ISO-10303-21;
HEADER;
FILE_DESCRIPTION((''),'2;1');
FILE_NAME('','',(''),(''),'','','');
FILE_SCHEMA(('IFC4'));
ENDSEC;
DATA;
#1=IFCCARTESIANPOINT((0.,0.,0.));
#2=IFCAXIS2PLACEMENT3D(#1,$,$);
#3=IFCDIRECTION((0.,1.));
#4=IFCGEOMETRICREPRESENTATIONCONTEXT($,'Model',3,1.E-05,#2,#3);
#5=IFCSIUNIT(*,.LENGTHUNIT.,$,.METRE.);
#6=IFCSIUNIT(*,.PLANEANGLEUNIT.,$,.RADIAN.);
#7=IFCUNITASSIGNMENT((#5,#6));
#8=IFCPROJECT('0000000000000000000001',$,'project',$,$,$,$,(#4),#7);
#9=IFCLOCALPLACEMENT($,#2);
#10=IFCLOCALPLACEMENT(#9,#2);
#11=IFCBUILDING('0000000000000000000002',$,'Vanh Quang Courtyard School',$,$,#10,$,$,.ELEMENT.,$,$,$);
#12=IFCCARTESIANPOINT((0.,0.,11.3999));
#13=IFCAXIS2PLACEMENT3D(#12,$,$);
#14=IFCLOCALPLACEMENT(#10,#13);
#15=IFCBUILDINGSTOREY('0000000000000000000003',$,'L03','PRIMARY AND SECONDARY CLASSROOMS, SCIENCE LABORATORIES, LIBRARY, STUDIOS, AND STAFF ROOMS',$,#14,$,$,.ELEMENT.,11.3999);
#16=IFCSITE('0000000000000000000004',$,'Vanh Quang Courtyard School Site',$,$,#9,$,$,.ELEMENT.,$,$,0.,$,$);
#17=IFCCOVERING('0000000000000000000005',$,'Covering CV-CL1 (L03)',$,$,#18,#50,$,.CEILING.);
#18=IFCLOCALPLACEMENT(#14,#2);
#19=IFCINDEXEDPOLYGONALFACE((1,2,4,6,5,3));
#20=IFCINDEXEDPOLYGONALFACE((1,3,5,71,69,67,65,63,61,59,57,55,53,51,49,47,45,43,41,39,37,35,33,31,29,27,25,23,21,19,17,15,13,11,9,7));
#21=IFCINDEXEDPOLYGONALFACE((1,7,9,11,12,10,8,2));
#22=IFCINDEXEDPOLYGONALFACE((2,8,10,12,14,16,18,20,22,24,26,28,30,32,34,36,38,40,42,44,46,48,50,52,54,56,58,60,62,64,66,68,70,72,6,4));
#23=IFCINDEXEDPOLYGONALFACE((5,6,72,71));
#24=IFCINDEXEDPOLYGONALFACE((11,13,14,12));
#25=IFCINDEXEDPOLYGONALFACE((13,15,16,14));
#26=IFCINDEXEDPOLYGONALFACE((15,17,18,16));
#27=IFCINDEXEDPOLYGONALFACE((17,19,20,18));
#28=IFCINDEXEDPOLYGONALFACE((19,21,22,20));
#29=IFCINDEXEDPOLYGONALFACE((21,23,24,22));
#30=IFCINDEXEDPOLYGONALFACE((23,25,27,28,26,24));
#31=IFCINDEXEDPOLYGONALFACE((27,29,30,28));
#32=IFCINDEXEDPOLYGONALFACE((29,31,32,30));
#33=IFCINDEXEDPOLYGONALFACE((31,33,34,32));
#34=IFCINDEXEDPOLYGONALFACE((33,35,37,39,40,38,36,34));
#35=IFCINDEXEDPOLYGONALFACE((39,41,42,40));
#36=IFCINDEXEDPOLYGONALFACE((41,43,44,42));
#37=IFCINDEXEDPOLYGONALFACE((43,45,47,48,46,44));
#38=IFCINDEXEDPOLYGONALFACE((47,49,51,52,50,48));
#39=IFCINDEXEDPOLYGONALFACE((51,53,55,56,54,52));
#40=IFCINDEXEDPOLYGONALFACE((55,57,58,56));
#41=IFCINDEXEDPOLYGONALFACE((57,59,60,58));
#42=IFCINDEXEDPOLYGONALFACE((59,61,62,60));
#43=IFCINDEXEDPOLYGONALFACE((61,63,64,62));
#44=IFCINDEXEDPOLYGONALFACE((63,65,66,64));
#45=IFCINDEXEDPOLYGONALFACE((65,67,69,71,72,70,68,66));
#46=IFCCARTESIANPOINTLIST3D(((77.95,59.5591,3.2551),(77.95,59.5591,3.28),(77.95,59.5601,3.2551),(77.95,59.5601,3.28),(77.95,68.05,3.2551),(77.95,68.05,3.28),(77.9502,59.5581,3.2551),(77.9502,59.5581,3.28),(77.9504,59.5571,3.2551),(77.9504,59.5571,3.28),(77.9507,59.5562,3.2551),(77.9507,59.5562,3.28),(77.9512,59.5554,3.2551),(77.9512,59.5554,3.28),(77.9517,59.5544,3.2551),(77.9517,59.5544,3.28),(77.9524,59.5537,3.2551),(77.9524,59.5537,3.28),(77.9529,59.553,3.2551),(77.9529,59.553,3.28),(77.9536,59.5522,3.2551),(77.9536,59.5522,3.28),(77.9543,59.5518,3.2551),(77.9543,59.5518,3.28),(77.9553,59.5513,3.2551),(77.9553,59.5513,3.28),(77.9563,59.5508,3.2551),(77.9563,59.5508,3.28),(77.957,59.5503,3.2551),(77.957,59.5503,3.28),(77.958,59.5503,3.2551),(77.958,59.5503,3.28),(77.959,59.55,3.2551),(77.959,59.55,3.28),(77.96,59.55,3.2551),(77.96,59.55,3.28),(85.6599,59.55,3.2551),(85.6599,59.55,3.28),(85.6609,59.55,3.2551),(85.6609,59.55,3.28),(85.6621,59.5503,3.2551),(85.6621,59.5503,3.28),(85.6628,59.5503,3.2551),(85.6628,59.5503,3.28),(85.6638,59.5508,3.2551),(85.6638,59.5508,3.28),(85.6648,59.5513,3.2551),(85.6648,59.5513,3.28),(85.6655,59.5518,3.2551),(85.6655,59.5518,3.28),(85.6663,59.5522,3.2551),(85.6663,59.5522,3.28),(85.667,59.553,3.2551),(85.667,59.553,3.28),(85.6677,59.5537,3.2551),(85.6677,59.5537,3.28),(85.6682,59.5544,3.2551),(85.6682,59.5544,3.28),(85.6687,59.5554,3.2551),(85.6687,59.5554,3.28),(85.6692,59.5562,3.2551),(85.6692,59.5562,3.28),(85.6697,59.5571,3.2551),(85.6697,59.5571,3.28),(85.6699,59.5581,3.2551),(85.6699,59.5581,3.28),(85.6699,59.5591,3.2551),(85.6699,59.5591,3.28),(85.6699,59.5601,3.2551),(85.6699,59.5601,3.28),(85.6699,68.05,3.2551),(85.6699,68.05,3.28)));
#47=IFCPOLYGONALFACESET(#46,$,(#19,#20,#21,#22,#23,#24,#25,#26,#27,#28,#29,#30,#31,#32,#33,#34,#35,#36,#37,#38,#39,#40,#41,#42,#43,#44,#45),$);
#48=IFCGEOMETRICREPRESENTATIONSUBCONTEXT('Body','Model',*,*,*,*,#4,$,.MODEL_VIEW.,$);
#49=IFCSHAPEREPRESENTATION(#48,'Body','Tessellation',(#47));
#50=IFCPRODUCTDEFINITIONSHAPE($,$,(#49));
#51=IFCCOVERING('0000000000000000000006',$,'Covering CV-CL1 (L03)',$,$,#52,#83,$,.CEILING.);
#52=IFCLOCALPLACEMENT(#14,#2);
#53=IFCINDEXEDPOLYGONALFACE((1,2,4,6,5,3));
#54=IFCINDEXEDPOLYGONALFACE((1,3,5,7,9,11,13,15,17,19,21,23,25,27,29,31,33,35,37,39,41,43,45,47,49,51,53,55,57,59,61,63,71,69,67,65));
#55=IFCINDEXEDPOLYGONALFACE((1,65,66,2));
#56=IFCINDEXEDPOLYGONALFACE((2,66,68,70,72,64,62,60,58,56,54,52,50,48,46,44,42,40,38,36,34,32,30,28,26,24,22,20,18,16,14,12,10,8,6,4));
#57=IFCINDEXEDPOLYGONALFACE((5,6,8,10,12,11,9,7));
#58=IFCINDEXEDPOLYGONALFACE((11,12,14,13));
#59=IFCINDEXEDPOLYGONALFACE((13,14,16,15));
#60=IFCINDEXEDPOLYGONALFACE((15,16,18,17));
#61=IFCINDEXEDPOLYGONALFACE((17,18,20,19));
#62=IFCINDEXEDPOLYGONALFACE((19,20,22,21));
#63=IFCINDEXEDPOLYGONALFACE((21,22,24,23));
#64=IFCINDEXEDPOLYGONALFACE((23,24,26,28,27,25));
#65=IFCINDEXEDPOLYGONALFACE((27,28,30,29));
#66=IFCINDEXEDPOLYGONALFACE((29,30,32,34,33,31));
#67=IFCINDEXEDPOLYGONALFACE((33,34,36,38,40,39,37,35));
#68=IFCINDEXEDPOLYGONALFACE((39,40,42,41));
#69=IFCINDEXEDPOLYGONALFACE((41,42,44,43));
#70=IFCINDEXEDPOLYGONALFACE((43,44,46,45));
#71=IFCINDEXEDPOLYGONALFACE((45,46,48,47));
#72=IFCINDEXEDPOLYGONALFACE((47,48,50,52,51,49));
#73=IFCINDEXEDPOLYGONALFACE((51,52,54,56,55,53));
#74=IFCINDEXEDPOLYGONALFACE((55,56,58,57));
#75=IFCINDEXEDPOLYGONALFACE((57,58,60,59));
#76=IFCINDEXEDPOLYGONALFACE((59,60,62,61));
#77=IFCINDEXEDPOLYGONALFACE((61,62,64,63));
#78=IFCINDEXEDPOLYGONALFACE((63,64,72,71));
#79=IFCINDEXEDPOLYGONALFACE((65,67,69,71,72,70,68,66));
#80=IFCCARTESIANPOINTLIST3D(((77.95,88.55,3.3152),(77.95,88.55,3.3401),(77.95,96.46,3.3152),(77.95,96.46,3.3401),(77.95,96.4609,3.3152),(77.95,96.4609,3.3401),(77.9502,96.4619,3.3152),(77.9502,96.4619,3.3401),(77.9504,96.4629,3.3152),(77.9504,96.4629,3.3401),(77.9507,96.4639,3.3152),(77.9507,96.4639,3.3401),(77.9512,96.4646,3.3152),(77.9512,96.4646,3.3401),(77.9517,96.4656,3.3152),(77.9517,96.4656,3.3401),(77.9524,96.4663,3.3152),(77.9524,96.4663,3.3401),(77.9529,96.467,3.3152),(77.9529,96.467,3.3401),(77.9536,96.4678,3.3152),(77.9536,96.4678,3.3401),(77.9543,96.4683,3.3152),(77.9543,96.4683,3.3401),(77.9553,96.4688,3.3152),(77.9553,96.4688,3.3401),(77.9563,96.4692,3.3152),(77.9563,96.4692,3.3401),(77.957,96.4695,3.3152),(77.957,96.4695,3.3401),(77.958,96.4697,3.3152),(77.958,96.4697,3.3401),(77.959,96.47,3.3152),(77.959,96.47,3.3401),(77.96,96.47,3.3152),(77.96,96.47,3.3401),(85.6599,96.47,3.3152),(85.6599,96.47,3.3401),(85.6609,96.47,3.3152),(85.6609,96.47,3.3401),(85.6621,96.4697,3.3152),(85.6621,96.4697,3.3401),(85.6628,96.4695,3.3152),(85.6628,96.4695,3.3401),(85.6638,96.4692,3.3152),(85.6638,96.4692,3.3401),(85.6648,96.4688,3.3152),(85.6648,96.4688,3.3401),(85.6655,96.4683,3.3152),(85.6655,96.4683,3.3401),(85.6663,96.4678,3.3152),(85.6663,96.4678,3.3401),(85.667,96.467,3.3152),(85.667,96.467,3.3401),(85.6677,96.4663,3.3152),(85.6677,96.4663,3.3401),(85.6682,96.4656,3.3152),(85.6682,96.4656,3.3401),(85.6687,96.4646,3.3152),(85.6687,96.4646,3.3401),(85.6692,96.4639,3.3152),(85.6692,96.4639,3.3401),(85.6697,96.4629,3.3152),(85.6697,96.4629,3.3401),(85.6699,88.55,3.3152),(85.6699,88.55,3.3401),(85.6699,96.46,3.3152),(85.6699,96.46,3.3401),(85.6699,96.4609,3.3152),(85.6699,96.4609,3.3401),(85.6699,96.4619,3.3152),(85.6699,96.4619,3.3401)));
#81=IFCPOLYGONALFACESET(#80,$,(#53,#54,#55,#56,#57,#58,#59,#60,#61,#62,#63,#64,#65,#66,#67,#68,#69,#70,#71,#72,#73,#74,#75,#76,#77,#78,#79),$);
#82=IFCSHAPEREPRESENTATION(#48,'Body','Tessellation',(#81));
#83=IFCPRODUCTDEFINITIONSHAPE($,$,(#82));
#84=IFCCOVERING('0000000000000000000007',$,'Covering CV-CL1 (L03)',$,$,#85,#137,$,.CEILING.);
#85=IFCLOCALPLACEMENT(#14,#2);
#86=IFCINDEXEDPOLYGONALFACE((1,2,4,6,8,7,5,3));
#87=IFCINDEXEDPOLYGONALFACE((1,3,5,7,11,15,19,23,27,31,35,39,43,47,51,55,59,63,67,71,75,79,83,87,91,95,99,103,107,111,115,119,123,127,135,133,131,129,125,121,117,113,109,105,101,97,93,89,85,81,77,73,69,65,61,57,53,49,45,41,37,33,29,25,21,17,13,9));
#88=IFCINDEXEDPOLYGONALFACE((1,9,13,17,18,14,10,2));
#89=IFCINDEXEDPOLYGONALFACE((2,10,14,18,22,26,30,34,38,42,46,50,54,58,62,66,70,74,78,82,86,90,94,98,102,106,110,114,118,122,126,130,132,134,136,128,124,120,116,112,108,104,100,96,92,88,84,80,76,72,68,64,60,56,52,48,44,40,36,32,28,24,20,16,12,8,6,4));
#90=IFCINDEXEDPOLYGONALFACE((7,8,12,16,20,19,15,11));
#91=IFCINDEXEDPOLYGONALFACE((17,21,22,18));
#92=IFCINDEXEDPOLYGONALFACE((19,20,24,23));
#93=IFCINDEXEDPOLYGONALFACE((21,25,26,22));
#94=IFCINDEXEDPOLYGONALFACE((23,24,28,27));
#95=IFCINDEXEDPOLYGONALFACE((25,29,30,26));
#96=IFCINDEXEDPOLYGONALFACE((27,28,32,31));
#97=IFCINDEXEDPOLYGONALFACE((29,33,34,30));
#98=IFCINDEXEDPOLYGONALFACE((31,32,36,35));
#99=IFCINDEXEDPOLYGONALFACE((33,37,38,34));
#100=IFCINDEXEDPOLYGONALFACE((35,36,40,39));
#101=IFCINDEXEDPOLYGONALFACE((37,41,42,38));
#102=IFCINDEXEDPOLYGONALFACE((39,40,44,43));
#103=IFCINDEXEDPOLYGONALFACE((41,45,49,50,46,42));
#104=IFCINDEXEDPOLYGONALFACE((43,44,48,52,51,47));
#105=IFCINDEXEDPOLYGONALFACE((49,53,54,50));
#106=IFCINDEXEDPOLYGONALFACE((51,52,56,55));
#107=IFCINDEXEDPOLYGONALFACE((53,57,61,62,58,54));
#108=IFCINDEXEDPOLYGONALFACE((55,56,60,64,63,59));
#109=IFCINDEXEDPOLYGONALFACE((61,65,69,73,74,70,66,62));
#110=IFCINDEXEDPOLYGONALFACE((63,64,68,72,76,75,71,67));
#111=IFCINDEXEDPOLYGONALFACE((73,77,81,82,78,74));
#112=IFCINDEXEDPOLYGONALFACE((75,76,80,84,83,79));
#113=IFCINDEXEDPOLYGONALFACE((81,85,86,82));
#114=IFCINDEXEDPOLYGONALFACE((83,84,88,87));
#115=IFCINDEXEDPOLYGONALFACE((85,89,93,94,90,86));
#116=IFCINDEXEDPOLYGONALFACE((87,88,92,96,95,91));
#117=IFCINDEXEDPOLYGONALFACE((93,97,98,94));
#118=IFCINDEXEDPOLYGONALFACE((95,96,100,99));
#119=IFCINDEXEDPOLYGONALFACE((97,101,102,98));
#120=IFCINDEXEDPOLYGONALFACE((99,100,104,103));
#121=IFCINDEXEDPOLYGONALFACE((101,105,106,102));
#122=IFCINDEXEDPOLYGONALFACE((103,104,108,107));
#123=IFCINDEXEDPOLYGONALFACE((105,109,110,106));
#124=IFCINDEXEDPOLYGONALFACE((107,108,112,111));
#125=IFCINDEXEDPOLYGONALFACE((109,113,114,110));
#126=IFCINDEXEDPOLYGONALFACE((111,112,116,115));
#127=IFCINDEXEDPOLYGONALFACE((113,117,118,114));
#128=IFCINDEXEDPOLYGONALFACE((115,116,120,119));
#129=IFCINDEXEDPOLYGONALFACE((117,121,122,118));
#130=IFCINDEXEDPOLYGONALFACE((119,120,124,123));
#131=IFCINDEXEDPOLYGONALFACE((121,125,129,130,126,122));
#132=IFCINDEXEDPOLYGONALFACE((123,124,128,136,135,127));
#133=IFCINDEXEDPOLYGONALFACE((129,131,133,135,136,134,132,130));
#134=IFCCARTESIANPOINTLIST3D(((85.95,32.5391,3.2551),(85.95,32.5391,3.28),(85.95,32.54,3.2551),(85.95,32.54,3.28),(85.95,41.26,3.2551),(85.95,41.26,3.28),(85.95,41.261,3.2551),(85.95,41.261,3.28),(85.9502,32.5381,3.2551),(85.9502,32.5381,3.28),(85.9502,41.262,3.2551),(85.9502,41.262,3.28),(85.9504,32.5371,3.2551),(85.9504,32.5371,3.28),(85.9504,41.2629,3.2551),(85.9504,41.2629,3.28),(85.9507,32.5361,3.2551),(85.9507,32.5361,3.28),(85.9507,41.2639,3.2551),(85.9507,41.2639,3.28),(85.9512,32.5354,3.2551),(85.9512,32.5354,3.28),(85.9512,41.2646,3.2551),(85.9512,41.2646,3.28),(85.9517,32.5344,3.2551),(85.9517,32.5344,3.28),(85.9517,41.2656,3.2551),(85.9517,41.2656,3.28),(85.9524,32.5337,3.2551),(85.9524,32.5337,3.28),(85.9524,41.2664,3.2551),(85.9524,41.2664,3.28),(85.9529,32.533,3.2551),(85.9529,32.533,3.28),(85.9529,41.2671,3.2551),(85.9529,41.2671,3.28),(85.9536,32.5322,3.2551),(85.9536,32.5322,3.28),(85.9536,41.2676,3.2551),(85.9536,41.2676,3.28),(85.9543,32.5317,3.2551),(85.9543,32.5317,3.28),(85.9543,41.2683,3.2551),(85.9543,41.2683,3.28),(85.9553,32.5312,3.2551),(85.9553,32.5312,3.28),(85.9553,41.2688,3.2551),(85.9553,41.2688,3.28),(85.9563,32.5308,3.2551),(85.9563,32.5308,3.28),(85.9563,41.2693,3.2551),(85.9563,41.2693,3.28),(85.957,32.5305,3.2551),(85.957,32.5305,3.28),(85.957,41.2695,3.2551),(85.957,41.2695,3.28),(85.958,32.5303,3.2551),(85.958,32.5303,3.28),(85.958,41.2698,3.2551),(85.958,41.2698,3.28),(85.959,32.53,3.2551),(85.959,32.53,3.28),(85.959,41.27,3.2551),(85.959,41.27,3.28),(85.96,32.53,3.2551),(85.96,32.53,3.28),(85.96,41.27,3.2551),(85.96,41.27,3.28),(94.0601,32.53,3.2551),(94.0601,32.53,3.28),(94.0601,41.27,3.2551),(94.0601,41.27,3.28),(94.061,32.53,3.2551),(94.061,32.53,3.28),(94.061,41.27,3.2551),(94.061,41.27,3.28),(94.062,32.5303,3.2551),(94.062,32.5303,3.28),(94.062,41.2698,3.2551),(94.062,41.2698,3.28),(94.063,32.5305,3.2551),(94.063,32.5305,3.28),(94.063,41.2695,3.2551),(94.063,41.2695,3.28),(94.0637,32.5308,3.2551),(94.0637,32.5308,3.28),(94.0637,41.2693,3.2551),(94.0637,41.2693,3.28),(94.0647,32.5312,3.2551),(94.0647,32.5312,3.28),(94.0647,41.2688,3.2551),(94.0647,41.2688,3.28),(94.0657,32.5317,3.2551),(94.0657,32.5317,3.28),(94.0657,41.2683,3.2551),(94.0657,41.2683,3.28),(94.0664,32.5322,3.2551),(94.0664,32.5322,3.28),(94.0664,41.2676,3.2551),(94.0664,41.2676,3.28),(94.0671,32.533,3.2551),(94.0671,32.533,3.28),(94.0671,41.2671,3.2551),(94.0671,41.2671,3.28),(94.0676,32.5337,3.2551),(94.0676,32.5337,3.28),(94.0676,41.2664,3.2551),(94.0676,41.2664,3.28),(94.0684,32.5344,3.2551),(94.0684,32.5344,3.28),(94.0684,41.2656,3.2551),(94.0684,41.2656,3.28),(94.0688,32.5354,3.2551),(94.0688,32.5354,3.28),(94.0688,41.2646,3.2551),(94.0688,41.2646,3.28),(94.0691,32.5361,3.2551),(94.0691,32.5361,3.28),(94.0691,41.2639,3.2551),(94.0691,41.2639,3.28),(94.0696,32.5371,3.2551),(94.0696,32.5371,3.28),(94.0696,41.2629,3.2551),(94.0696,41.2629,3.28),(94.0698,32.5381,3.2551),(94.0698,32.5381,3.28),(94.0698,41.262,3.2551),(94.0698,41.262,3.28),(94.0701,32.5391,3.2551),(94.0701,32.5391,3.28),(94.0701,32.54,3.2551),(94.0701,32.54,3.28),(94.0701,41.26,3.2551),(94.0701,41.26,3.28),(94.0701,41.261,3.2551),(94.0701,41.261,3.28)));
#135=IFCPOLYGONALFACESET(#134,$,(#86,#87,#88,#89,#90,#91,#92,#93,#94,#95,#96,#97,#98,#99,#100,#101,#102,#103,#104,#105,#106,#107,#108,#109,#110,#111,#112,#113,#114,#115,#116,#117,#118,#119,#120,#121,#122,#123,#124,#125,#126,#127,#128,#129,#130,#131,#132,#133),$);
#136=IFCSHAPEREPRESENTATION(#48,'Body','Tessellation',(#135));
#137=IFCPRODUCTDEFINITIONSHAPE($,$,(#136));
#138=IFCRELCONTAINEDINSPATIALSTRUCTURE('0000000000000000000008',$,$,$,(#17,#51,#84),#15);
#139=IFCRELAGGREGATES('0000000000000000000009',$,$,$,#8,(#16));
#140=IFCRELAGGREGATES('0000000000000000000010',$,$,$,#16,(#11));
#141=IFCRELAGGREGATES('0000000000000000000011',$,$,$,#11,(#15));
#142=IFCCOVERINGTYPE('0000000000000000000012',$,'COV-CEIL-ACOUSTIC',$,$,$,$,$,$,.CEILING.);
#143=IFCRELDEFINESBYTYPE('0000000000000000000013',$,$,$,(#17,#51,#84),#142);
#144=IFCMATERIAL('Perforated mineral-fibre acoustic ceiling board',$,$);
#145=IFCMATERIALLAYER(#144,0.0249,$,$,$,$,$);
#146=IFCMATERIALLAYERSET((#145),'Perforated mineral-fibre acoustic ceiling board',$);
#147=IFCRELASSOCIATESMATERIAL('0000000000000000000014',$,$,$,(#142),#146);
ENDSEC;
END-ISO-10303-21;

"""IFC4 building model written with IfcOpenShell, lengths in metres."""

from ifc_helpers import new_model, si_unit, direction, frame, origin, place, context, subcontext, project, spatial, polyline, outline, extrude, material, layer, layer_set, type_object, element, save


model = new_model("IFC4")

# Units and contexts
model_context = context("Model", 3, precision=1e-05, world=origin(), true_north=direction((0.0, 1.0)))
body_context = subcontext(model_context, "Body", "Model", "MODEL_VIEW")
ifc_project = project(units=[si_unit("LENGTHUNIT", "METRE"), si_unit("PLANEANGLEUNIT", "RADIAN")], contexts=[model_context])

# Site, building, storey
site_placement = place(None, origin())
site = spatial("IfcSite", under=ifc_project, at=site_placement, Name="Vanh Quang Courtyard School Site", CompositionType="ELEMENT", RefElevation=0.0)
building_placement = place(site_placement, origin())
building = spatial("IfcBuilding", under=site, at=building_placement, Name="Vanh Quang Courtyard School", CompositionType="ELEMENT")
storey_placement = place(building_placement, frame((0.0, 0.0, 11.3999)))
storey = spatial("IfcBuildingStorey", under=building, at=storey_placement, Name="L03", Description="PRIMARY AND SECONDARY CLASSROOMS, SCIENCE LABORATORIES, LIBRARY, STUDIOS, AND STAFF ROOMS", CompositionType="ELEMENT", Elevation=11.3999)

# Coverings
ifc_material_1 = material(Name="Perforated mineral-fibre acoustic ceiling board")
ifc_layer_1 = layer(ifc_material_1, 0.0249)
ifc_layer_set_1 = layer_set([ifc_layer_1], Name="Perforated mineral-fibre acoustic ceiling board")
covering_type_1 = type_object("IfcCoveringType", Name="COV-CEIL-ACOUSTIC", PredefinedType="CEILING", material=ifc_layer_set_1)
covering_1_placement = place(storey_placement, frame((0.0, 0.0, 3.2551)))
element("IfcCovering", 1, at=covering_1_placement, inside=storey, type_object=covering_type_1, Name="Covering CV-CL1 (L03)", PredefinedType="CEILING", context=body_context, shape_type="SweptSolid", body=[
    extrude(outline(polyline([(77.96, 59.55), (77.959, 59.55), (77.958, 59.5503), (77.957, 59.5503), (77.9563, 59.5508), (77.9553, 59.5513), (77.9543, 59.5518), (77.9536, 59.5522), (77.9529, 59.553), (77.9524, 59.5537), (77.9517, 59.5544), (77.9512, 59.5554), (77.9507, 59.5562), (77.9504, 59.5571), (77.9502, 59.5581), (77.95, 59.5591), (77.95, 59.5601), (77.95, 68.05), (85.6699, 68.05), (85.6699, 59.5601), (85.6699, 59.5591), (85.6699, 59.5581), (85.6697, 59.5571), (85.6692, 59.5562), (85.6687, 59.5554), (85.6682, 59.5544), (85.6677, 59.5537), (85.667, 59.553), (85.6663, 59.5522), (85.6655, 59.5518), (85.6648, 59.5513), (85.6638, 59.5508), (85.6628, 59.5503), (85.6621, 59.5503), (85.6609, 59.55), (85.6599, 59.55), (77.96, 59.55)])), origin(), (0.0, 0.0, 1.0), 0.0249),
])
covering_2_placement = place(storey_placement, frame((0.0, 0.0, 3.3152)))
element("IfcCovering", 2, at=covering_2_placement, inside=storey, type_object=covering_type_1, Name="Covering CV-CL1 (L03)", PredefinedType="CEILING", context=body_context, shape_type="SweptSolid", body=[
    extrude(outline(polyline([(77.95, 96.46), (77.95, 96.4609), (77.9502, 96.4619), (77.9504, 96.4629), (77.9507, 96.4639), (77.9512, 96.4646), (77.9517, 96.4656), (77.9524, 96.4663), (77.9529, 96.467), (77.9536, 96.4678), (77.9543, 96.4683), (77.9553, 96.4688), (77.9563, 96.4692), (77.957, 96.4695), (77.958, 96.4697), (77.959, 96.47), (77.96, 96.47), (85.6599, 96.47), (85.6609, 96.47), (85.6621, 96.4697), (85.6628, 96.4695), (85.6638, 96.4692), (85.6648, 96.4688), (85.6655, 96.4683), (85.6663, 96.4678), (85.667, 96.467), (85.6677, 96.4663), (85.6682, 96.4656), (85.6687, 96.4646), (85.6692, 96.4639), (85.6697, 96.4629), (85.6699, 96.4619), (85.6699, 96.4609), (85.6699, 96.46), (85.6699, 88.55), (77.95, 88.55), (77.95, 96.46)])), origin(), (0.0, 0.0, 1.0), 0.0249),
])
covering_3_placement = place(storey_placement, frame((0.0, 0.0, 3.2551)))
element("IfcCovering", 3, at=covering_3_placement, inside=storey, type_object=covering_type_1, Name="Covering CV-CL1 (L03)", PredefinedType="CEILING", context=body_context, shape_type="SweptSolid", body=[
    extrude(outline(polyline([(85.96, 32.53), (85.959, 32.53), (85.958, 32.5303), (85.957, 32.5305), (85.9563, 32.5308), (85.9553, 32.5312), (85.9543, 32.5317), (85.9536, 32.5322), (85.9529, 32.533), (85.9524, 32.5337), (85.9517, 32.5344), (85.9512, 32.5354), (85.9507, 32.5361), (85.9504, 32.5371), (85.9502, 32.5381), (85.95, 32.5391), (85.95, 32.54), (85.95, 41.26), (85.95, 41.261), (85.9502, 41.262), (85.9504, 41.2629), (85.9507, 41.2639), (85.9512, 41.2646), (85.9517, 41.2656), (85.9524, 41.2664), (85.9529, 41.2671), (85.9536, 41.2676), (85.9543, 41.2683), (85.9553, 41.2688), (85.9563, 41.2693), (85.957, 41.2695), (85.958, 41.2698), (85.959, 41.27), (85.96, 41.27), (94.0601, 41.27), (94.061, 41.27), (94.062, 41.2698), (94.063, 41.2695), (94.0637, 41.2693), (94.0647, 41.2688), (94.0657, 41.2683), (94.0664, 41.2676), (94.0671, 41.2671), (94.0676, 41.2664), (94.0684, 41.2656), (94.0688, 41.2646), (94.0691, 41.2639), (94.0696, 41.2629), (94.0698, 41.262), (94.0701, 41.261), (94.0701, 41.26), (94.0701, 32.54), (94.0701, 32.5391), (94.0698, 32.5381), (94.0696, 32.5371), (94.0691, 32.5361), (94.0688, 32.5354), (94.0684, 32.5344), (94.0676, 32.5337), (94.0671, 32.533), (94.0664, 32.5322), (94.0657, 32.5317), (94.0647, 32.5312), (94.0637, 32.5308), (94.063, 32.5305), (94.062, 32.5303), (94.061, 32.53), (94.0601, 32.53), (85.96, 32.53)])), origin(), (0.0, 0.0, 1.0), 0.0249),
])

save(model, "model.ifc")
